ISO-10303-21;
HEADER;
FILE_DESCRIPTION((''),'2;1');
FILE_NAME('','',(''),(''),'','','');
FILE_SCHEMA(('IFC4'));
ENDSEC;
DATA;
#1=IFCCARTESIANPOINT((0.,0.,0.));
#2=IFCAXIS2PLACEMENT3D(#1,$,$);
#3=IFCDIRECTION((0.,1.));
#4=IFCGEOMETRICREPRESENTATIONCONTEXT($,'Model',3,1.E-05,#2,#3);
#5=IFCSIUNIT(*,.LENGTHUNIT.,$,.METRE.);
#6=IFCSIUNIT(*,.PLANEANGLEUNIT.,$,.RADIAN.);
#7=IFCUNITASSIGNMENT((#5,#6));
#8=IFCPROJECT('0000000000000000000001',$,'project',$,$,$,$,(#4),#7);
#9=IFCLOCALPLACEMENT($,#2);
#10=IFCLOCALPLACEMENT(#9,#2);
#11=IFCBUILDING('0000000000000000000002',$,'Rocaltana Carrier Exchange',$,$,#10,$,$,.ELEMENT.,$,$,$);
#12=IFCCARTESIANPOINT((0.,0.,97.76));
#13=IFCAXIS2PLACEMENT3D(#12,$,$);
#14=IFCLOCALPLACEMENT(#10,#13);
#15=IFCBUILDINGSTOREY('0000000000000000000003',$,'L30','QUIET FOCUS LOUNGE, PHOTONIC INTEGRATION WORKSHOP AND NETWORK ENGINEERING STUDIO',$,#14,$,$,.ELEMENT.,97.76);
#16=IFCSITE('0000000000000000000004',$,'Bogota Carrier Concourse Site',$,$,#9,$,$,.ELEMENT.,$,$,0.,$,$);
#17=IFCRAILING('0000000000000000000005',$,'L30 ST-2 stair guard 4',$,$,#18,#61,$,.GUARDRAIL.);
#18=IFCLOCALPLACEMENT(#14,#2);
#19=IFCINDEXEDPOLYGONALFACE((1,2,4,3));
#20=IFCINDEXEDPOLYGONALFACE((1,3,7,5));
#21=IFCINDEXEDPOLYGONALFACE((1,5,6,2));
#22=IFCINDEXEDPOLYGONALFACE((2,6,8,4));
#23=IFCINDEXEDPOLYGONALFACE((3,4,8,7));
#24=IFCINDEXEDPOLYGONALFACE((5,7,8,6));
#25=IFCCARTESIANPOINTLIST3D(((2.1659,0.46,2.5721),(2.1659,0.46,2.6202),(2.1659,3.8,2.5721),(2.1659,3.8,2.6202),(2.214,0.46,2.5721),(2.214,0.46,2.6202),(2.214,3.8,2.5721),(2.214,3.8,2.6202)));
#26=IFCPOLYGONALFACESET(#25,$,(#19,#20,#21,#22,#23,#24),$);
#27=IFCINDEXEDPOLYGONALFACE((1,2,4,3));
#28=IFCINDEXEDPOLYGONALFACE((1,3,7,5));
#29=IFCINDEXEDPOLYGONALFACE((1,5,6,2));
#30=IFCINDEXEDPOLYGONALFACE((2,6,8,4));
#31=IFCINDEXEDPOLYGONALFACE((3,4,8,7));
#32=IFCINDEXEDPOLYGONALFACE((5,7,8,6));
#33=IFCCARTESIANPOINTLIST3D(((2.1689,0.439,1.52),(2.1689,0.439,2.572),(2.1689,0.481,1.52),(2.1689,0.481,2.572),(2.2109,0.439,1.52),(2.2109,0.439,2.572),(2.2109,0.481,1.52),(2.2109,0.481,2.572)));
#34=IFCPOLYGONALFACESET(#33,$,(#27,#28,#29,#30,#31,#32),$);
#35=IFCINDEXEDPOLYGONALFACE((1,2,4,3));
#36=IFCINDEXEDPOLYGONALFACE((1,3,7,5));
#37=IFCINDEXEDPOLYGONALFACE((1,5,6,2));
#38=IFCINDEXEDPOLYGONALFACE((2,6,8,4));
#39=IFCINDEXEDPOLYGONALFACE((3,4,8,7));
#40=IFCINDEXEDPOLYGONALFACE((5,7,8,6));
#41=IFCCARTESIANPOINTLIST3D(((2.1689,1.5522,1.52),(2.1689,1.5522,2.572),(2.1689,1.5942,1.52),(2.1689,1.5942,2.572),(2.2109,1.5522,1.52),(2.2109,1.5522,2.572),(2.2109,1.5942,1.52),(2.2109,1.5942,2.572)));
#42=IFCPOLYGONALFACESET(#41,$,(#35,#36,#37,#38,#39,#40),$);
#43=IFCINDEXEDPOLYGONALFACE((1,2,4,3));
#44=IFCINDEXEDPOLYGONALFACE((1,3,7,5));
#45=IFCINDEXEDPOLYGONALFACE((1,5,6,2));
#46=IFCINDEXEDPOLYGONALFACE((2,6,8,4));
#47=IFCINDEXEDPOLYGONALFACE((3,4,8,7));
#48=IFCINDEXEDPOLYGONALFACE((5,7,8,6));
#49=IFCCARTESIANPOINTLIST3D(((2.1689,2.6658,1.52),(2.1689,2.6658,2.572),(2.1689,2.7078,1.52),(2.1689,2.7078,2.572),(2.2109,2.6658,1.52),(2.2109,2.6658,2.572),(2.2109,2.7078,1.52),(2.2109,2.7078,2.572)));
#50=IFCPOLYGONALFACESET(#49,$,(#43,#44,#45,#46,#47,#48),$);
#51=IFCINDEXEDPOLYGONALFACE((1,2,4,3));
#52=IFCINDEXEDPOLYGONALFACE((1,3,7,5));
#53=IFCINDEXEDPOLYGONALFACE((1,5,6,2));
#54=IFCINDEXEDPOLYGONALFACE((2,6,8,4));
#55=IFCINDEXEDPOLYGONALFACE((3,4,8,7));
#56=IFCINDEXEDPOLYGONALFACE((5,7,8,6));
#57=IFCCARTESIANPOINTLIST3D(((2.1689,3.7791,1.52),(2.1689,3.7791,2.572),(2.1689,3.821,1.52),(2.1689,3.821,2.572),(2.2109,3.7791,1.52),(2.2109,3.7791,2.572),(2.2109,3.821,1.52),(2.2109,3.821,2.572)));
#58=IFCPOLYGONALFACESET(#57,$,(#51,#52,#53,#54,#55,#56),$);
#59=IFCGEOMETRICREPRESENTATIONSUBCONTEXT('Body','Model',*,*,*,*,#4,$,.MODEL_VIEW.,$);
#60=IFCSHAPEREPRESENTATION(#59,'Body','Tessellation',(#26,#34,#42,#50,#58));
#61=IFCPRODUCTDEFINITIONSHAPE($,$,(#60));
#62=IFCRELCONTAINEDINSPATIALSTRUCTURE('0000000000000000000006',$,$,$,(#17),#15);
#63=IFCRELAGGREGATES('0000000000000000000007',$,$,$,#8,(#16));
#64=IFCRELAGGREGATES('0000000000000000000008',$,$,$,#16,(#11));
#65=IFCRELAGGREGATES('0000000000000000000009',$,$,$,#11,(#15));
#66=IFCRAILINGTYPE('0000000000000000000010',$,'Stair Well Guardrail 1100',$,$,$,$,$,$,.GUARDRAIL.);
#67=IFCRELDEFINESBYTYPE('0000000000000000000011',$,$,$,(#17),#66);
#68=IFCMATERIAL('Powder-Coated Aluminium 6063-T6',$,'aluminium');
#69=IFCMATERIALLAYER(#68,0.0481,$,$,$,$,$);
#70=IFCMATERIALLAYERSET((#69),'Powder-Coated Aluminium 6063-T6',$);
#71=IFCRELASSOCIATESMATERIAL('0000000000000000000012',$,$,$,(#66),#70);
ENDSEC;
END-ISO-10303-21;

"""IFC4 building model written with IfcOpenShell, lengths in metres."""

from ifc_helpers import new_model, si_unit, direction, frame, origin, origin_2d, place, context, subcontext, project, spatial, rectangle, extrude, material, layer, layer_set, type_object, element, save


model = new_model("IFC4")

# Units and contexts
model_context = context("Model", 3, precision=1e-05, world=origin(), true_north=direction((0.0, 1.0)))
body_context = subcontext(model_context, "Body", "Model", "MODEL_VIEW")
ifc_project = project(units=[si_unit("LENGTHUNIT", "METRE"), si_unit("PLANEANGLEUNIT", "RADIAN")], contexts=[model_context])

# Site, building, storey
site_placement = place(None, origin())
site = spatial("IfcSite", under=ifc_project, at=site_placement, Name="Bogota Carrier Concourse Site", CompositionType="ELEMENT", RefElevation=0.0)
building_placement = place(site_placement, origin())
building = spatial("IfcBuilding", under=site, at=building_placement, Name="Rocaltana Carrier Exchange", CompositionType="ELEMENT")
storey_placement = place(building_placement, frame((0.0, 0.0, 97.76)))
storey = spatial("IfcBuildingStorey", under=building, at=storey_placement, Name="L30", Description="QUIET FOCUS LOUNGE, PHOTONIC INTEGRATION WORKSHOP AND NETWORK ENGINEERING STUDIO", CompositionType="ELEMENT", Elevation=97.76)

# Railing
ifc_material_1 = material(Name="Powder-Coated Aluminium 6063-T6", Category="aluminium")
ifc_layer_1 = layer(ifc_material_1, 0.0481)
ifc_layer_set_1 = layer_set([ifc_layer_1], Name="Powder-Coated Aluminium 6063-T6")
railing_type_1 = type_object("IfcRailingType", Name="Stair Well Guardrail 1100", PredefinedType="GUARDRAIL", material=ifc_layer_set_1)
railing_1_placement = place(storey_placement, frame((2.1899, 0.46, 1.52)))
element("IfcRailing", 1, at=railing_1_placement, inside=storey, type_object=railing_type_1, Name="L30 ST-2 stair guard 4", PredefinedType="GUARDRAIL", context=body_context, shape_type="SweptSolid", body=[
    extrude(rectangle(XDim=0.0481, YDim=0.0481, at=origin_2d()), frame((0.0, 0.0, 1.0762), z_axis=(0.0, 1.0, 0.0), x_axis=(-1.0, 0.0, 0.0)), (0.0, 0.0, 1.0), 3.3401),
    extrude(rectangle(XDim=0.042, YDim=0.042, at=origin_2d()), origin(), (0.0, 0.0, 1.0), 1.052),
    extrude(rectangle(XDim=0.042, YDim=0.042, at=origin_2d()), frame((0.0, 1.1133, 0.0)), (0.0, 0.0, 1.0), 1.052),
    extrude(rectangle(XDim=0.042, YDim=0.042, at=origin_2d()), frame((0.0, 2.2268, 0.0)), (0.0, 0.0, 1.0), 1.052),
    extrude(rectangle(XDim=0.042, YDim=0.042, at=origin_2d()), frame((0.0, 3.3401, 0.0)), (0.0, 0.0, 1.0), 1.052),
])

save(model, "model.ifc")
